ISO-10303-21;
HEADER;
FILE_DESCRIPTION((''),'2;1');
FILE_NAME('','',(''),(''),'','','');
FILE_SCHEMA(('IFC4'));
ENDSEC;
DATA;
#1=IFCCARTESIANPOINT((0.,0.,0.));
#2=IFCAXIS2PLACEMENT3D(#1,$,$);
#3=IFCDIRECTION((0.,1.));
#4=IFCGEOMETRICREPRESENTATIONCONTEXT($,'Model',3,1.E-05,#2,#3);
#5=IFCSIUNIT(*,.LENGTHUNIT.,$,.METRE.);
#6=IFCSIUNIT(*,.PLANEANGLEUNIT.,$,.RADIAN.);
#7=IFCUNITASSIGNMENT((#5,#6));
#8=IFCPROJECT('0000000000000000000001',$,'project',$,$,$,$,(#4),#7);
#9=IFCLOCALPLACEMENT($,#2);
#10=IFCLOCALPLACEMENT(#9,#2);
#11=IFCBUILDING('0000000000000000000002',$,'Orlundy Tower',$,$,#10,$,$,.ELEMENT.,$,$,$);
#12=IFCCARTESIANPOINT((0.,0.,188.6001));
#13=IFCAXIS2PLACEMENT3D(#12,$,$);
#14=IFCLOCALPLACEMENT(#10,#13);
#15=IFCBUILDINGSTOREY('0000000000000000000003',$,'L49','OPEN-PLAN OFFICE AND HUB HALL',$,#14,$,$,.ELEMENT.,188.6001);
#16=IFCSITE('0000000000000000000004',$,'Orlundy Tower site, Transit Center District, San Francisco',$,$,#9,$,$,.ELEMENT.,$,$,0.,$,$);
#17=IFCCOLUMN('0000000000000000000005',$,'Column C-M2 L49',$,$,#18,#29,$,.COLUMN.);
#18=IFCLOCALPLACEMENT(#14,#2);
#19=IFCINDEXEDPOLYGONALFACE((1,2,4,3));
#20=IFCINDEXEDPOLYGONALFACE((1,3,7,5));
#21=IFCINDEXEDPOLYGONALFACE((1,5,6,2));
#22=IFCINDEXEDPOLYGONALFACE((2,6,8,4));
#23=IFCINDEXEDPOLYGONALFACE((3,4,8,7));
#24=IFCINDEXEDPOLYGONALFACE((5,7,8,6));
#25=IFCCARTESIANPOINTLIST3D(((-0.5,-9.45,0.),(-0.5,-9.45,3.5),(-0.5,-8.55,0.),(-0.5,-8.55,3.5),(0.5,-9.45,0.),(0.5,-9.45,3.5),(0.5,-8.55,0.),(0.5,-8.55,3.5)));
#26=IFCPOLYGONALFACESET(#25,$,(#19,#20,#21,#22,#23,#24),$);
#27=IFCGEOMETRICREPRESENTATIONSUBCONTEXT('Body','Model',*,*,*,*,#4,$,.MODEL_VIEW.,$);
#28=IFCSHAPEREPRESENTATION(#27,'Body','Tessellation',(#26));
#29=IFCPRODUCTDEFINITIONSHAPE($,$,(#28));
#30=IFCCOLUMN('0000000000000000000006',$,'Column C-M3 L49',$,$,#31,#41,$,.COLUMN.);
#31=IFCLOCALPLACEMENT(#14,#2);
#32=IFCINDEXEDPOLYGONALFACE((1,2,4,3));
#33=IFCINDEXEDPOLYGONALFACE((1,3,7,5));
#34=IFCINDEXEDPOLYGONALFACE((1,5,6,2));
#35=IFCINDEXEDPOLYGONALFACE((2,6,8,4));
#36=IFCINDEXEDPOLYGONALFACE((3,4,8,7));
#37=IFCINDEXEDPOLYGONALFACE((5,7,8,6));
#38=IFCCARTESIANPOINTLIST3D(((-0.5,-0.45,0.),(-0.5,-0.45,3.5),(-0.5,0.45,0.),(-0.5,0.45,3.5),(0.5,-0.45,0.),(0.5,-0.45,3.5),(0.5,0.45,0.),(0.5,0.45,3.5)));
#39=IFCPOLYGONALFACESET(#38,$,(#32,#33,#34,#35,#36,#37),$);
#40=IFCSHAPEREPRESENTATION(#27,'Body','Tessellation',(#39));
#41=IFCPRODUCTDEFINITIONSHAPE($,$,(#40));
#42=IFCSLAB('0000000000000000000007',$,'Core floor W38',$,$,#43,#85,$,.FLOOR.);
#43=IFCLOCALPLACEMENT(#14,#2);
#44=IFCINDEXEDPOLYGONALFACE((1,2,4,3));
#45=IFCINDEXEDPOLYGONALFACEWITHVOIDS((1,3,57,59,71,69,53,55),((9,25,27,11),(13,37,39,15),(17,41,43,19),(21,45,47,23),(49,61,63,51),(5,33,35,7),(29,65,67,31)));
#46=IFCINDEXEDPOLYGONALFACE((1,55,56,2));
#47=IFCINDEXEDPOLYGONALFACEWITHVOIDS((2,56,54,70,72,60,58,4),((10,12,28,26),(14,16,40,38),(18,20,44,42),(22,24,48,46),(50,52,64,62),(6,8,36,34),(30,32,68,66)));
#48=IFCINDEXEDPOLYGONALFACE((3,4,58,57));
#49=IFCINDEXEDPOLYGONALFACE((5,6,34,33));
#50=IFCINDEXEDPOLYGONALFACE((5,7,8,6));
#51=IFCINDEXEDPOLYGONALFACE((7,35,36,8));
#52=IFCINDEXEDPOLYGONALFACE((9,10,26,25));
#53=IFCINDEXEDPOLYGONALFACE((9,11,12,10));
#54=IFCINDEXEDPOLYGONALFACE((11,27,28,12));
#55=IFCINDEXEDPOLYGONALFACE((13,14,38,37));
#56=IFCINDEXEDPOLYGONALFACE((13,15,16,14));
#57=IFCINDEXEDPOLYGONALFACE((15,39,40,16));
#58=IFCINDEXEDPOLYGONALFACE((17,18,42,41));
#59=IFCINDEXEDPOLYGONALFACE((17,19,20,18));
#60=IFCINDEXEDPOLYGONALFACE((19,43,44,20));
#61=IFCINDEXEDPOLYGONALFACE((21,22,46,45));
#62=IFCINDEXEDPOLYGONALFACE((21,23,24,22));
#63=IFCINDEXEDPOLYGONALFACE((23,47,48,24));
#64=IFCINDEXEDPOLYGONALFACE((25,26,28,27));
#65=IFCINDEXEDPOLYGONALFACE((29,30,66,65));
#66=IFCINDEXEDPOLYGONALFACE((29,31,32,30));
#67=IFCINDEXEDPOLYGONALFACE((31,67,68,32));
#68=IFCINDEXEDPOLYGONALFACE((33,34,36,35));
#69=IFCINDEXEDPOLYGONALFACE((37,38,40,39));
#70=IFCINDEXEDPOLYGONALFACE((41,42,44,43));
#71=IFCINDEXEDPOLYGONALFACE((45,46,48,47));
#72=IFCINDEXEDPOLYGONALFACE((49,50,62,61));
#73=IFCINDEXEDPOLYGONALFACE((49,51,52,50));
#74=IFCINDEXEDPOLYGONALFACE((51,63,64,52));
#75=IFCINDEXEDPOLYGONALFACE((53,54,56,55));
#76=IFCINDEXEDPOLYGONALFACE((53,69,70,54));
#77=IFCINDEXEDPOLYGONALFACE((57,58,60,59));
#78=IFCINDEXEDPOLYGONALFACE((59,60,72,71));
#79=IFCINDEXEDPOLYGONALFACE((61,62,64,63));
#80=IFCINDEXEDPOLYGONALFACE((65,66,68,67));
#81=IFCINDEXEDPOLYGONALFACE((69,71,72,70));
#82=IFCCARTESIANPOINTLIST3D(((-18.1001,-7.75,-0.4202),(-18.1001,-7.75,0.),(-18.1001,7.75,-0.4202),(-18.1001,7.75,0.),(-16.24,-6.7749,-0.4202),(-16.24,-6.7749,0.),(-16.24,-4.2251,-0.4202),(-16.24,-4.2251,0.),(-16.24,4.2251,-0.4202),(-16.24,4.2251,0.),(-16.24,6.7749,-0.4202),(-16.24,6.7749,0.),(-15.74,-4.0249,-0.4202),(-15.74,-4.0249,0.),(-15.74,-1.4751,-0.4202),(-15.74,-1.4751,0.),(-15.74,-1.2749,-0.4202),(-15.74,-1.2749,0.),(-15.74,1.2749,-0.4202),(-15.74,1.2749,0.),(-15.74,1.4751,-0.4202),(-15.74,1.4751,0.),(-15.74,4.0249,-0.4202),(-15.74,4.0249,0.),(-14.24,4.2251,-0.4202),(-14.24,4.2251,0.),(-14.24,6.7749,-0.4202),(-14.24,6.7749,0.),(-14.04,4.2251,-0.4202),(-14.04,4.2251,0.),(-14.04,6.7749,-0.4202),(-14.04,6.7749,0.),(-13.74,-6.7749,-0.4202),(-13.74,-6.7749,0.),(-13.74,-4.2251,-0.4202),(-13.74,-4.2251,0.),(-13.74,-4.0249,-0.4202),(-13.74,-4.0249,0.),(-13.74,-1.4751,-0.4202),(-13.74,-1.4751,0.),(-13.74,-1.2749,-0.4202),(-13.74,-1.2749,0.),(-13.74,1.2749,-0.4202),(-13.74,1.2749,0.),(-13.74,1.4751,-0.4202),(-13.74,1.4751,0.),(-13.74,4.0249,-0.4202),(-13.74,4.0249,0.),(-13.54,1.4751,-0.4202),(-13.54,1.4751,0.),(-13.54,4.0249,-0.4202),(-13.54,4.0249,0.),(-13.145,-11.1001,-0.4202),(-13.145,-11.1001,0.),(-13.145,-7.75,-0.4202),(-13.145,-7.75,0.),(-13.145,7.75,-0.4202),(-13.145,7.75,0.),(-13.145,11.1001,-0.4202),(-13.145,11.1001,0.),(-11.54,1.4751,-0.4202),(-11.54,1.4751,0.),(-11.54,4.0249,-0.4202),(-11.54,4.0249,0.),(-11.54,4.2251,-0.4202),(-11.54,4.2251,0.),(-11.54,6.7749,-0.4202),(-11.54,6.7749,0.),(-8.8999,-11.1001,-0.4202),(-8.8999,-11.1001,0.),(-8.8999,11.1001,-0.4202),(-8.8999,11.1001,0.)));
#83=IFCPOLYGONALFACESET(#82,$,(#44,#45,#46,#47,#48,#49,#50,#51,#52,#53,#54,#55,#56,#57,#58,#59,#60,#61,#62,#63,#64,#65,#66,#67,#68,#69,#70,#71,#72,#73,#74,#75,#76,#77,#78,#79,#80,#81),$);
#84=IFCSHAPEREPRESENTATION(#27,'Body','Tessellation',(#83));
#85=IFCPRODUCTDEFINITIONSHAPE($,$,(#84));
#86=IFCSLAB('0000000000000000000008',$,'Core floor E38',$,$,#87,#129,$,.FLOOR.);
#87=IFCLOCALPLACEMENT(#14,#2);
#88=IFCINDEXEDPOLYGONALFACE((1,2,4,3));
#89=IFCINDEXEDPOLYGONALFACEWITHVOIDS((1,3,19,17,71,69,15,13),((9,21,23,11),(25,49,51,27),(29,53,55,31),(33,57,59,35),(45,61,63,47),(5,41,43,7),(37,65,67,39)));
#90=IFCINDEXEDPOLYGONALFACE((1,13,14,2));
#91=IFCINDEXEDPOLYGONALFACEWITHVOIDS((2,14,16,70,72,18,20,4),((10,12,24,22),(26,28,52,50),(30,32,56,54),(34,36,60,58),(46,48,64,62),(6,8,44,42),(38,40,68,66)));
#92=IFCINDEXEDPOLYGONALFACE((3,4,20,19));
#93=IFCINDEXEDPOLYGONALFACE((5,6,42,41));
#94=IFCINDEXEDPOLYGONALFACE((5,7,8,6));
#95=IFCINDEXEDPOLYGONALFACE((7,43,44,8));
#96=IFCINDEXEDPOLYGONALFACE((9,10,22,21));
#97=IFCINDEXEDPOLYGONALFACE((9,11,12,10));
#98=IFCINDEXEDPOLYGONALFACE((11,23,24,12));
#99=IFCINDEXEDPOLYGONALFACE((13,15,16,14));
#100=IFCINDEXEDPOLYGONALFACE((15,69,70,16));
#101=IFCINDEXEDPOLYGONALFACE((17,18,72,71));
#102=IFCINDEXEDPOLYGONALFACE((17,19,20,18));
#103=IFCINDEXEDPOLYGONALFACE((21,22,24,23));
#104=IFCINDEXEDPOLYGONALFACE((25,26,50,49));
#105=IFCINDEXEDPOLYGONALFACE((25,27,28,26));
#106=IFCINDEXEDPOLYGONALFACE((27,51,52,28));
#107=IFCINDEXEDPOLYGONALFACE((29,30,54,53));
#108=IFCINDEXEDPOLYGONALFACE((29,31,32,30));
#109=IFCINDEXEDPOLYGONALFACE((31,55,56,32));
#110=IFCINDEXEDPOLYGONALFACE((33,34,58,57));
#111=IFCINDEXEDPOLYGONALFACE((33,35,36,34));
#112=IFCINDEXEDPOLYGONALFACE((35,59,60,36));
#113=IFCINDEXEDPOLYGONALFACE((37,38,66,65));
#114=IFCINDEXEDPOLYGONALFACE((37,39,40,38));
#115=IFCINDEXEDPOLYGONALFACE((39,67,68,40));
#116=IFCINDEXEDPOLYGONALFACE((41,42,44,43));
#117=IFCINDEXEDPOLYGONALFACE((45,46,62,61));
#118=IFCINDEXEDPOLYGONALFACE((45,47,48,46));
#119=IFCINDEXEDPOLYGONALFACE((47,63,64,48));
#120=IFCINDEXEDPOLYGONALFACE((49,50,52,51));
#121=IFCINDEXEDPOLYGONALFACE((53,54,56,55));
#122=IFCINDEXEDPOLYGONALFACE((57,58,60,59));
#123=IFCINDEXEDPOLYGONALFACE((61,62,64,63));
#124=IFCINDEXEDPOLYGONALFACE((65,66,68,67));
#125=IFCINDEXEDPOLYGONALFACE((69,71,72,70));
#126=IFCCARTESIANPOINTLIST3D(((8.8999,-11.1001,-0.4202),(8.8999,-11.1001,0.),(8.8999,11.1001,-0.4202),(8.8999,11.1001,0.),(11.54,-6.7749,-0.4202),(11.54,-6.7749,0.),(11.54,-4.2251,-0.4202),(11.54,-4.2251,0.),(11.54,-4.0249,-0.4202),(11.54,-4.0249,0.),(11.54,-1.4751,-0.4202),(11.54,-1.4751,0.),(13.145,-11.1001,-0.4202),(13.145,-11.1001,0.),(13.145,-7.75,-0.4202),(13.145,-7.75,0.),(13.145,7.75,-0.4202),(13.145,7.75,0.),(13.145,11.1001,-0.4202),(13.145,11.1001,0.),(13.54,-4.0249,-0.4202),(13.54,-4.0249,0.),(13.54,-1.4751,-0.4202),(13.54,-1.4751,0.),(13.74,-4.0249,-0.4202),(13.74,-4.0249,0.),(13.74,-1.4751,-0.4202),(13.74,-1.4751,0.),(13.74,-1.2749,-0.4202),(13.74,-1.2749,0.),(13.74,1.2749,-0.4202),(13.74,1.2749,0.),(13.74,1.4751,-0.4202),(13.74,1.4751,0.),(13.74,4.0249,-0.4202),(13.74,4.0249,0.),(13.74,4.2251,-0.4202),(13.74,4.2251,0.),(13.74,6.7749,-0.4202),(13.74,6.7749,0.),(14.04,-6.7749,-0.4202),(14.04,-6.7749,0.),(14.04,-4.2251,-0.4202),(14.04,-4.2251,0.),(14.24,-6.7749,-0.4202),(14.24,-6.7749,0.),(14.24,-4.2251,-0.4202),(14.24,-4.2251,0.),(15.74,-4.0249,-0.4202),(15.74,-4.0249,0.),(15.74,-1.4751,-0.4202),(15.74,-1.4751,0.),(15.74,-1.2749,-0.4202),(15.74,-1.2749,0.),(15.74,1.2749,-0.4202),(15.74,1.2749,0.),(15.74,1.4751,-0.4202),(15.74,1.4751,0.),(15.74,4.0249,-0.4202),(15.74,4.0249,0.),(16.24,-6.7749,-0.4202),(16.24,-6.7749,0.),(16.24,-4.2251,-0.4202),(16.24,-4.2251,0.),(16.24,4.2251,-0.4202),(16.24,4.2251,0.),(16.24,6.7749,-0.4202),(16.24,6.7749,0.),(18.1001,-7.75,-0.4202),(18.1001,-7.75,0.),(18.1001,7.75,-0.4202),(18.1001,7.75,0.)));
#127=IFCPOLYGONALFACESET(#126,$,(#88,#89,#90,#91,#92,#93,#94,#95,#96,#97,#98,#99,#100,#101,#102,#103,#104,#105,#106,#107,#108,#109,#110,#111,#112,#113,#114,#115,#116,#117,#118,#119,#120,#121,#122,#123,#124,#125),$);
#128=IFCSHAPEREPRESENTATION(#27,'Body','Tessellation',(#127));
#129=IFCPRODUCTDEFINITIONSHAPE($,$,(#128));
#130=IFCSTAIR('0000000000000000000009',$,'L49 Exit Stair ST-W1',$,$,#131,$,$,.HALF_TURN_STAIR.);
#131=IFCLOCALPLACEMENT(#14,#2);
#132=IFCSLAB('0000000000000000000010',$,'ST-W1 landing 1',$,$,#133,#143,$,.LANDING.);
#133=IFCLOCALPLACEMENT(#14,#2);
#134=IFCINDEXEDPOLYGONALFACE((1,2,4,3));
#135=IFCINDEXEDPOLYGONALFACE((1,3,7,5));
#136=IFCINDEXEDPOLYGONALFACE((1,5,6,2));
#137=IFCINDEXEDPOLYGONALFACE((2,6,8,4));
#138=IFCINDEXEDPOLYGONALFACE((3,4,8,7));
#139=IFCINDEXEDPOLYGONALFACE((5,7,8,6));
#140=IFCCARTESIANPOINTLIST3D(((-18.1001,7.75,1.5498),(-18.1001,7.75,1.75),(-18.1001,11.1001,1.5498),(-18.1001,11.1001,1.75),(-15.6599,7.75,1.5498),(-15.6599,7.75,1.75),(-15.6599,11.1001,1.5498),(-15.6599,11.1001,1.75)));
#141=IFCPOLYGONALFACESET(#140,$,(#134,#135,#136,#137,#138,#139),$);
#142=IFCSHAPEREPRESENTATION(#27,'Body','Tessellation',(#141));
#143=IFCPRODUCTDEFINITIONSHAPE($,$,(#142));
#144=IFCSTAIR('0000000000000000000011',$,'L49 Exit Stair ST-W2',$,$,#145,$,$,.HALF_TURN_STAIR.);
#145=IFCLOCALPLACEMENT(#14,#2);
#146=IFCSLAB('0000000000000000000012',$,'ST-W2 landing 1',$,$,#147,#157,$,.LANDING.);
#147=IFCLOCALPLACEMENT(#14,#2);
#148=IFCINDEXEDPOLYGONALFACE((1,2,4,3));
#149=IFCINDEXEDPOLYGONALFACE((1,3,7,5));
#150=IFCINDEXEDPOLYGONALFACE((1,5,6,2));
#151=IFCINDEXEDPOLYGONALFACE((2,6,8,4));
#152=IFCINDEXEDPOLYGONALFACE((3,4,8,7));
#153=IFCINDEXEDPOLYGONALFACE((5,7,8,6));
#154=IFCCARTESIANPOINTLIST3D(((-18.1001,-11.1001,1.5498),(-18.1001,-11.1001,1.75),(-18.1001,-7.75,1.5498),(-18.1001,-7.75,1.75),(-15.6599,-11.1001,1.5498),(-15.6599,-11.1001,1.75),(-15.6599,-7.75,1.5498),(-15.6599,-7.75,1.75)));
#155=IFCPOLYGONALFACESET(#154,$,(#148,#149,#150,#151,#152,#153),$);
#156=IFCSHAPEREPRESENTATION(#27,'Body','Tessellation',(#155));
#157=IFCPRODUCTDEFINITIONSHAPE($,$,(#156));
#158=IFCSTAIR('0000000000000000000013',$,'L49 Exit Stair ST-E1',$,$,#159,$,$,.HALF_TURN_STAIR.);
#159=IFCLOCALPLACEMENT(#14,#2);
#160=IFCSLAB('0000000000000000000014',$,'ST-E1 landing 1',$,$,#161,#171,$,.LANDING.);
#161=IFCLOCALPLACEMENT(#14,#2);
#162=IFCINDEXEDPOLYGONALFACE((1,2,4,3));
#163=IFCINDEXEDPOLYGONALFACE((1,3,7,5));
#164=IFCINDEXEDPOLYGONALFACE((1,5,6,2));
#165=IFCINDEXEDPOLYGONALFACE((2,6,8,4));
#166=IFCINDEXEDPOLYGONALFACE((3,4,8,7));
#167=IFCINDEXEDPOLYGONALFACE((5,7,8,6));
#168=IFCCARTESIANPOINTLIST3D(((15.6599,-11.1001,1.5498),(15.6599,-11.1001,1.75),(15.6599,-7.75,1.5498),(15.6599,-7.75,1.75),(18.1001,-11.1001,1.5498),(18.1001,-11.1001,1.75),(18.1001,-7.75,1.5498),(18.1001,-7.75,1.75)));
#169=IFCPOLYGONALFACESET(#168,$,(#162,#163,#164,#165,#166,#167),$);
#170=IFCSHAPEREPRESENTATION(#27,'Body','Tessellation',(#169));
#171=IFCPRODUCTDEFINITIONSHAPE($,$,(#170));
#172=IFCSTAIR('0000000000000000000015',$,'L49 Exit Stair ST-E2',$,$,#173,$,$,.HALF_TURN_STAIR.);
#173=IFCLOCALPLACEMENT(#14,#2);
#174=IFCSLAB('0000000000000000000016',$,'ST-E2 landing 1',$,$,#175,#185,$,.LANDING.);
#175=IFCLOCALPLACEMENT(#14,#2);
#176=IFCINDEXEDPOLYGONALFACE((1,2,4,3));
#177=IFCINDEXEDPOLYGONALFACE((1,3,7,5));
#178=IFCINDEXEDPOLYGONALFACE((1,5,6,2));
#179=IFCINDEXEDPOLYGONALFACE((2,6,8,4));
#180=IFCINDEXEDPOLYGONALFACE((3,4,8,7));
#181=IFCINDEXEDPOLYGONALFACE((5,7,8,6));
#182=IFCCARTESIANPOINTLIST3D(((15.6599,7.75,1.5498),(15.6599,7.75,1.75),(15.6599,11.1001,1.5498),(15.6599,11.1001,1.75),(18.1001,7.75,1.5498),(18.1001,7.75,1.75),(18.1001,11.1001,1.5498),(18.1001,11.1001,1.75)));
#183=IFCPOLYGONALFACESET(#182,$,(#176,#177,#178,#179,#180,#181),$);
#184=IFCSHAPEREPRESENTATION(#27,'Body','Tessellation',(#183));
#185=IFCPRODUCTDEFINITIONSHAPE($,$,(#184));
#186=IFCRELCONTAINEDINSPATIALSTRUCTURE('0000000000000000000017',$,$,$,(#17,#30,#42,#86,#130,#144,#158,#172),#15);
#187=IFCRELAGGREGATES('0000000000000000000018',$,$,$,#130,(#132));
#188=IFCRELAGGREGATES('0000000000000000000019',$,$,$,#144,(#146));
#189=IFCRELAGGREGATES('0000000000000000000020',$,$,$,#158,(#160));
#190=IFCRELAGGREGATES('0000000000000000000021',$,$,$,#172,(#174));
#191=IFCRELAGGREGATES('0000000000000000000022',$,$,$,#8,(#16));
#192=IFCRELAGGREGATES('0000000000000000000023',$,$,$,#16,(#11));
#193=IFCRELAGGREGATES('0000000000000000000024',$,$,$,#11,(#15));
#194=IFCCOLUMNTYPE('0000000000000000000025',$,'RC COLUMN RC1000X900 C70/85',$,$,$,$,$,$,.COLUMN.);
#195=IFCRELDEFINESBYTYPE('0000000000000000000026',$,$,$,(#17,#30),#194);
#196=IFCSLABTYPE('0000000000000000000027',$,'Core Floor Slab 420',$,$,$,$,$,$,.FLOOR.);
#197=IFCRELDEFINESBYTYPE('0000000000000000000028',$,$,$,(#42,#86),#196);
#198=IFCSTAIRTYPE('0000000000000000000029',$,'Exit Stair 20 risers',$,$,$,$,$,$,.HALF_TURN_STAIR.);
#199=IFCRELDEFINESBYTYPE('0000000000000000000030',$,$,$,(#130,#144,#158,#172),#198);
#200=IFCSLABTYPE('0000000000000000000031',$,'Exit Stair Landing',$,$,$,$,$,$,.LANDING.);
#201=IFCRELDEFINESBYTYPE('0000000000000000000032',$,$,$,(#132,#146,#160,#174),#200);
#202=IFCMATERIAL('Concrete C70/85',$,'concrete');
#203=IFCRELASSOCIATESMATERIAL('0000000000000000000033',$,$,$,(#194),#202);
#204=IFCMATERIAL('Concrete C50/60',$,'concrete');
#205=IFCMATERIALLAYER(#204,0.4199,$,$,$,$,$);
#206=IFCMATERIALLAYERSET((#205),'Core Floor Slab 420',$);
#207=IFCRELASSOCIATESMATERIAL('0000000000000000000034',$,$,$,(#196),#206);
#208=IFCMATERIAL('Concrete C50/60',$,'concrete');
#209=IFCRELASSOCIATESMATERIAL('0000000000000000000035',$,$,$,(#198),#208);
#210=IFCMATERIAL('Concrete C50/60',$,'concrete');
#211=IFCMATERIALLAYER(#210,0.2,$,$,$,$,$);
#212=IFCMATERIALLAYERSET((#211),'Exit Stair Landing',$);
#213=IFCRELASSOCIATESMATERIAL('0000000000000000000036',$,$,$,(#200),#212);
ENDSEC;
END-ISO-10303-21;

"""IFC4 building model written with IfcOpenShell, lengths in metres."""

from ifc_helpers import new_model, si_unit, direction, frame, origin, origin_2d, place, context, subcontext, project, spatial, polyline, rectangle, outline, extrude, material, layer, layer_set, material_profile, profile_set, type_object, element, aggregate, save


model = new_model("IFC4")

# Units and contexts
model_context = context("Model", 3, precision=1e-05, world=origin(), true_north=direction((0.0, 1.0)))
body_context = subcontext(model_context, "Body", "Model", "MODEL_VIEW")
ifc_project = project(units=[si_unit("LENGTHUNIT", "METRE"), si_unit("PLANEANGLEUNIT", "RADIAN")], contexts=[model_context])

# Site, building, storey
site_placement = place(None, origin())
site = spatial("IfcSite", under=ifc_project, at=site_placement, Name="Orlundy Tower site, Transit Center District, San Francisco", CompositionType="ELEMENT", RefElevation=0.0)
building_placement = place(site_placement, origin())
building = spatial("IfcBuilding", under=site, at=building_placement, Name="Orlundy Tower", CompositionType="ELEMENT")
storey_placement = place(building_placement, frame((0.0, 0.0, 188.6001)))
storey = spatial("IfcBuildingStorey", under=building, at=storey_placement, Name="L49", Description="OPEN-PLAN OFFICE AND HUB HALL", CompositionType="ELEMENT", Elevation=188.6001)

# Columns
ifc_material_1 = material(Name="Concrete C70/85", Category="concrete")
ifc_material_profile = material_profile(ifc_material_1, rectangle(XDim=1.0, YDim=0.8999, at=origin_2d()), Name="RC1000X900")
ifc_profile_set = profile_set([ifc_material_profile], Name="Concrete C70/85")
column_type = type_object("IfcColumnType", Name="RC COLUMN RC1000X900 C70/85", PredefinedType="COLUMN", material=ifc_profile_set)
for number, where, z_axis, x_axis, name in (
    (1, (0.0, -9.0, 0.0), (0.0, 0.0, 1.0), (1.0, 0.0, 0.0), "Column C-M2 L49"),
    (2, (0.0, 0.0, 0.0), (0.0, 0.0, 1.0), (1.0, 0.0, 0.0), "Column C-M3 L49"),
):
    element("IfcColumn", number, at=place(storey_placement, frame(where, z_axis=z_axis, x_axis=x_axis)), inside=storey, type_object=column_type, Name=name, PredefinedType="COLUMN", context=body_context, shape_type="SweptSolid", body=[
        extrude(rectangle(XDim=1.0, YDim=0.8999, at=origin_2d()), origin(), (0.0, 0.0, 1.0), 3.5),
    ])

# Slabs
ifc_material_2 = material(Name="Concrete C50/60", Category="concrete")
ifc_layer_1 = layer(ifc_material_2, 0.4199)
ifc_layer_set_1 = layer_set([ifc_layer_1], Name="Core Floor Slab 420")
slab_type_1 = type_object("IfcSlabType", Name="Core Floor Slab 420", PredefinedType="FLOOR", material=ifc_layer_set_1)
slab_1_placement = place(storey_placement, frame((0.0, 0.0, -0.4202)))
element("IfcSlab", 3, at=slab_1_placement, inside=storey, type_object=slab_type_1, Name="Core floor W38", PredefinedType="FLOOR", context=body_context, shape_type="SweptSolid", body=[
    extrude(outline(polyline([(-13.145, -11.1001), (-13.145, -7.75), (-18.1001, -7.75), (-18.1001, 7.75), (-13.145, 7.75), (-13.145, 11.1001), (-8.8999, 11.1001), (-8.8999, -11.1001), (-13.145, -11.1001)]), holes=[polyline([(-13.74, -4.2251), (-16.24, -4.2251), (-16.24, -6.7749), (-13.74, -6.7749), (-13.74, -4.2251)]), polyline([(-13.74, -4.0249), (-13.74, -1.4751), (-15.74, -1.4751), (-15.74, -4.0249), (-13.74, -4.0249)]), polyline([(-15.74, -1.2749), (-13.74, -1.2749), (-13.74, 1.2749), (-15.74, 1.2749), (-15.74, -1.2749)]), polyline([(-13.54, 4.0249), (-13.54, 1.4751), (-11.54, 1.4751), (-11.54, 4.0249), (-13.54, 4.0249)]), polyline([(-13.74, 4.0249), (-15.74, 4.0249), (-15.74, 1.4751), (-13.74, 1.4751), (-13.74, 4.0249)]), polyline([(-11.54, 4.2251), (-11.54, 6.7749), (-14.04, 6.7749), (-14.04, 4.2251), (-11.54, 4.2251)]), polyline([(-16.24, 4.2251), (-14.24, 4.2251), (-14.24, 6.7749), (-16.24, 6.7749), (-16.24, 4.2251)])]), origin(), (0.0, 0.0, 1.0), 0.4202),
])
slab_2_placement = place(storey_placement, frame((0.0, 0.0, -0.4202)))
element("IfcSlab", 4, at=slab_2_placement, inside=storey, type_object=slab_type_1, Name="Core floor E38", PredefinedType="FLOOR", context=body_context, shape_type="SweptSolid", body=[
    extrude(outline(polyline([(13.145, 11.1001), (13.145, 7.75), (18.1001, 7.75), (18.1001, -7.75), (13.145, -7.75), (13.145, -11.1001), (8.8999, -11.1001), (8.8999, 11.1001), (13.145, 11.1001)]), holes=[polyline([(13.74, 4.2251), (16.24, 4.2251), (16.24, 6.7749), (13.74, 6.7749), (13.74, 4.2251)]), polyline([(13.74, 4.0249), (13.74, 1.4751), (15.74, 1.4751), (15.74, 4.0249), (13.74, 4.0249)]), polyline([(15.74, 1.2749), (13.74, 1.2749), (13.74, -1.2749), (15.74, -1.2749), (15.74, 1.2749)]), polyline([(13.54, -4.0249), (13.54, -1.4751), (11.54, -1.4751), (11.54, -4.0249), (13.54, -4.0249)]), polyline([(13.74, -4.0249), (15.74, -4.0249), (15.74, -1.4751), (13.74, -1.4751), (13.74, -4.0249)]), polyline([(11.54, -4.2251), (11.54, -6.7749), (14.04, -6.7749), (14.04, -4.2251), (11.54, -4.2251)]), polyline([(16.24, -4.2251), (14.24, -4.2251), (14.24, -6.7749), (16.24, -6.7749), (16.24, -4.2251)])]), origin(), (0.0, 0.0, 1.0), 0.4202),
])

# Stairs, slabs
ifc_material_3 = material(Name="Concrete C50/60", Category="concrete")
stair_type = type_object("IfcStairType", Name="Exit Stair 20 risers", PredefinedType="HALF_TURN_STAIR", material=ifc_material_3)
stair_1_placement = place(storey_placement, origin())
stair_1 = element("IfcStair", 5, at=stair_1_placement, inside=storey, type_object=stair_type, Name="L49 Exit Stair ST-W1", PredefinedType="HALF_TURN_STAIR")
ifc_material_4 = material(Name="Concrete C50/60", Category="concrete")
ifc_layer_2 = layer(ifc_material_4, 0.2)
ifc_layer_set_2 = layer_set([ifc_layer_2], Name="Exit Stair Landing")
slab_type_2 = type_object("IfcSlabType", Name="Exit Stair Landing", PredefinedType="LANDING", material=ifc_layer_set_2)
slab_3_placement = place(storey_placement, frame((0.0, 0.0, 1.5498)))
slab_3 = element("IfcSlab", 6, at=slab_3_placement, type_object=slab_type_2, Name="ST-W1 landing 1", PredefinedType="LANDING", context=body_context, shape_type="SweptSolid", body=[
    extrude(outline(polyline([(-15.6599, 11.1001), (-18.1001, 11.1001), (-18.1001, 7.75), (-15.6599, 7.75), (-15.6599, 11.1001)])), origin(), (0.0, 0.0, 1.0), 0.2002),
])
aggregate(stair_1, [slab_3])
stair_2_placement = place(storey_placement, origin())
stair_2 = element("IfcStair", 7, at=stair_2_placement, inside=storey, type_object=stair_type, Name="L49 Exit Stair ST-W2", PredefinedType="HALF_TURN_STAIR")
slab_4_placement = place(storey_placement, frame((0.0, 0.0, 1.5498)))
slab_4 = element("IfcSlab", 8, at=slab_4_placement, type_object=slab_type_2, Name="ST-W2 landing 1", PredefinedType="LANDING", context=body_context, shape_type="SweptSolid", body=[
    extrude(outline(polyline([(-15.6599, -7.75), (-18.1001, -7.75), (-18.1001, -11.1001), (-15.6599, -11.1001), (-15.6599, -7.75)])), origin(), (0.0, 0.0, 1.0), 0.2002),
])
aggregate(stair_2, [slab_4])
stair_3_placement = place(storey_placement, origin())
stair_3 = element("IfcStair", 9, at=stair_3_placement, inside=storey, type_object=stair_type, Name="L49 Exit Stair ST-E1", PredefinedType="HALF_TURN_STAIR")
slab_5_placement = place(storey_placement, frame((0.0, 0.0, 1.5498)))
slab_5 = element("IfcSlab", 10, at=slab_5_placement, type_object=slab_type_2, Name="ST-E1 landing 1", PredefinedType="LANDING", context=body_context, shape_type="SweptSolid", body=[
    extrude(outline(polyline([(15.6599, -11.1001), (18.1001, -11.1001), (18.1001, -7.75), (15.6599, -7.75), (15.6599, -11.1001)])), origin(), (0.0, 0.0, 1.0), 0.2002),
])
aggregate(stair_3, [slab_5])
stair_4_placement = place(storey_placement, origin())
stair_4 = element("IfcStair", 11, at=stair_4_placement, inside=storey, type_object=stair_type, Name="L49 Exit Stair ST-E2", PredefinedType="HALF_TURN_STAIR")
slab_6_placement = place(storey_placement, frame((0.0, 0.0, 1.5498)))
slab_6 = element("IfcSlab", 12, at=slab_6_placement, type_object=slab_type_2, Name="ST-E2 landing 1", PredefinedType="LANDING", context=body_context, shape_type="SweptSolid", body=[
    extrude(outline(polyline([(15.6599, 7.75), (18.1001, 7.75), (18.1001, 11.1001), (15.6599, 11.1001), (15.6599, 7.75)])), origin(), (0.0, 0.0, 1.0), 0.2002),
])
aggregate(stair_4, [slab_6])

save(model, "model.ifc")
